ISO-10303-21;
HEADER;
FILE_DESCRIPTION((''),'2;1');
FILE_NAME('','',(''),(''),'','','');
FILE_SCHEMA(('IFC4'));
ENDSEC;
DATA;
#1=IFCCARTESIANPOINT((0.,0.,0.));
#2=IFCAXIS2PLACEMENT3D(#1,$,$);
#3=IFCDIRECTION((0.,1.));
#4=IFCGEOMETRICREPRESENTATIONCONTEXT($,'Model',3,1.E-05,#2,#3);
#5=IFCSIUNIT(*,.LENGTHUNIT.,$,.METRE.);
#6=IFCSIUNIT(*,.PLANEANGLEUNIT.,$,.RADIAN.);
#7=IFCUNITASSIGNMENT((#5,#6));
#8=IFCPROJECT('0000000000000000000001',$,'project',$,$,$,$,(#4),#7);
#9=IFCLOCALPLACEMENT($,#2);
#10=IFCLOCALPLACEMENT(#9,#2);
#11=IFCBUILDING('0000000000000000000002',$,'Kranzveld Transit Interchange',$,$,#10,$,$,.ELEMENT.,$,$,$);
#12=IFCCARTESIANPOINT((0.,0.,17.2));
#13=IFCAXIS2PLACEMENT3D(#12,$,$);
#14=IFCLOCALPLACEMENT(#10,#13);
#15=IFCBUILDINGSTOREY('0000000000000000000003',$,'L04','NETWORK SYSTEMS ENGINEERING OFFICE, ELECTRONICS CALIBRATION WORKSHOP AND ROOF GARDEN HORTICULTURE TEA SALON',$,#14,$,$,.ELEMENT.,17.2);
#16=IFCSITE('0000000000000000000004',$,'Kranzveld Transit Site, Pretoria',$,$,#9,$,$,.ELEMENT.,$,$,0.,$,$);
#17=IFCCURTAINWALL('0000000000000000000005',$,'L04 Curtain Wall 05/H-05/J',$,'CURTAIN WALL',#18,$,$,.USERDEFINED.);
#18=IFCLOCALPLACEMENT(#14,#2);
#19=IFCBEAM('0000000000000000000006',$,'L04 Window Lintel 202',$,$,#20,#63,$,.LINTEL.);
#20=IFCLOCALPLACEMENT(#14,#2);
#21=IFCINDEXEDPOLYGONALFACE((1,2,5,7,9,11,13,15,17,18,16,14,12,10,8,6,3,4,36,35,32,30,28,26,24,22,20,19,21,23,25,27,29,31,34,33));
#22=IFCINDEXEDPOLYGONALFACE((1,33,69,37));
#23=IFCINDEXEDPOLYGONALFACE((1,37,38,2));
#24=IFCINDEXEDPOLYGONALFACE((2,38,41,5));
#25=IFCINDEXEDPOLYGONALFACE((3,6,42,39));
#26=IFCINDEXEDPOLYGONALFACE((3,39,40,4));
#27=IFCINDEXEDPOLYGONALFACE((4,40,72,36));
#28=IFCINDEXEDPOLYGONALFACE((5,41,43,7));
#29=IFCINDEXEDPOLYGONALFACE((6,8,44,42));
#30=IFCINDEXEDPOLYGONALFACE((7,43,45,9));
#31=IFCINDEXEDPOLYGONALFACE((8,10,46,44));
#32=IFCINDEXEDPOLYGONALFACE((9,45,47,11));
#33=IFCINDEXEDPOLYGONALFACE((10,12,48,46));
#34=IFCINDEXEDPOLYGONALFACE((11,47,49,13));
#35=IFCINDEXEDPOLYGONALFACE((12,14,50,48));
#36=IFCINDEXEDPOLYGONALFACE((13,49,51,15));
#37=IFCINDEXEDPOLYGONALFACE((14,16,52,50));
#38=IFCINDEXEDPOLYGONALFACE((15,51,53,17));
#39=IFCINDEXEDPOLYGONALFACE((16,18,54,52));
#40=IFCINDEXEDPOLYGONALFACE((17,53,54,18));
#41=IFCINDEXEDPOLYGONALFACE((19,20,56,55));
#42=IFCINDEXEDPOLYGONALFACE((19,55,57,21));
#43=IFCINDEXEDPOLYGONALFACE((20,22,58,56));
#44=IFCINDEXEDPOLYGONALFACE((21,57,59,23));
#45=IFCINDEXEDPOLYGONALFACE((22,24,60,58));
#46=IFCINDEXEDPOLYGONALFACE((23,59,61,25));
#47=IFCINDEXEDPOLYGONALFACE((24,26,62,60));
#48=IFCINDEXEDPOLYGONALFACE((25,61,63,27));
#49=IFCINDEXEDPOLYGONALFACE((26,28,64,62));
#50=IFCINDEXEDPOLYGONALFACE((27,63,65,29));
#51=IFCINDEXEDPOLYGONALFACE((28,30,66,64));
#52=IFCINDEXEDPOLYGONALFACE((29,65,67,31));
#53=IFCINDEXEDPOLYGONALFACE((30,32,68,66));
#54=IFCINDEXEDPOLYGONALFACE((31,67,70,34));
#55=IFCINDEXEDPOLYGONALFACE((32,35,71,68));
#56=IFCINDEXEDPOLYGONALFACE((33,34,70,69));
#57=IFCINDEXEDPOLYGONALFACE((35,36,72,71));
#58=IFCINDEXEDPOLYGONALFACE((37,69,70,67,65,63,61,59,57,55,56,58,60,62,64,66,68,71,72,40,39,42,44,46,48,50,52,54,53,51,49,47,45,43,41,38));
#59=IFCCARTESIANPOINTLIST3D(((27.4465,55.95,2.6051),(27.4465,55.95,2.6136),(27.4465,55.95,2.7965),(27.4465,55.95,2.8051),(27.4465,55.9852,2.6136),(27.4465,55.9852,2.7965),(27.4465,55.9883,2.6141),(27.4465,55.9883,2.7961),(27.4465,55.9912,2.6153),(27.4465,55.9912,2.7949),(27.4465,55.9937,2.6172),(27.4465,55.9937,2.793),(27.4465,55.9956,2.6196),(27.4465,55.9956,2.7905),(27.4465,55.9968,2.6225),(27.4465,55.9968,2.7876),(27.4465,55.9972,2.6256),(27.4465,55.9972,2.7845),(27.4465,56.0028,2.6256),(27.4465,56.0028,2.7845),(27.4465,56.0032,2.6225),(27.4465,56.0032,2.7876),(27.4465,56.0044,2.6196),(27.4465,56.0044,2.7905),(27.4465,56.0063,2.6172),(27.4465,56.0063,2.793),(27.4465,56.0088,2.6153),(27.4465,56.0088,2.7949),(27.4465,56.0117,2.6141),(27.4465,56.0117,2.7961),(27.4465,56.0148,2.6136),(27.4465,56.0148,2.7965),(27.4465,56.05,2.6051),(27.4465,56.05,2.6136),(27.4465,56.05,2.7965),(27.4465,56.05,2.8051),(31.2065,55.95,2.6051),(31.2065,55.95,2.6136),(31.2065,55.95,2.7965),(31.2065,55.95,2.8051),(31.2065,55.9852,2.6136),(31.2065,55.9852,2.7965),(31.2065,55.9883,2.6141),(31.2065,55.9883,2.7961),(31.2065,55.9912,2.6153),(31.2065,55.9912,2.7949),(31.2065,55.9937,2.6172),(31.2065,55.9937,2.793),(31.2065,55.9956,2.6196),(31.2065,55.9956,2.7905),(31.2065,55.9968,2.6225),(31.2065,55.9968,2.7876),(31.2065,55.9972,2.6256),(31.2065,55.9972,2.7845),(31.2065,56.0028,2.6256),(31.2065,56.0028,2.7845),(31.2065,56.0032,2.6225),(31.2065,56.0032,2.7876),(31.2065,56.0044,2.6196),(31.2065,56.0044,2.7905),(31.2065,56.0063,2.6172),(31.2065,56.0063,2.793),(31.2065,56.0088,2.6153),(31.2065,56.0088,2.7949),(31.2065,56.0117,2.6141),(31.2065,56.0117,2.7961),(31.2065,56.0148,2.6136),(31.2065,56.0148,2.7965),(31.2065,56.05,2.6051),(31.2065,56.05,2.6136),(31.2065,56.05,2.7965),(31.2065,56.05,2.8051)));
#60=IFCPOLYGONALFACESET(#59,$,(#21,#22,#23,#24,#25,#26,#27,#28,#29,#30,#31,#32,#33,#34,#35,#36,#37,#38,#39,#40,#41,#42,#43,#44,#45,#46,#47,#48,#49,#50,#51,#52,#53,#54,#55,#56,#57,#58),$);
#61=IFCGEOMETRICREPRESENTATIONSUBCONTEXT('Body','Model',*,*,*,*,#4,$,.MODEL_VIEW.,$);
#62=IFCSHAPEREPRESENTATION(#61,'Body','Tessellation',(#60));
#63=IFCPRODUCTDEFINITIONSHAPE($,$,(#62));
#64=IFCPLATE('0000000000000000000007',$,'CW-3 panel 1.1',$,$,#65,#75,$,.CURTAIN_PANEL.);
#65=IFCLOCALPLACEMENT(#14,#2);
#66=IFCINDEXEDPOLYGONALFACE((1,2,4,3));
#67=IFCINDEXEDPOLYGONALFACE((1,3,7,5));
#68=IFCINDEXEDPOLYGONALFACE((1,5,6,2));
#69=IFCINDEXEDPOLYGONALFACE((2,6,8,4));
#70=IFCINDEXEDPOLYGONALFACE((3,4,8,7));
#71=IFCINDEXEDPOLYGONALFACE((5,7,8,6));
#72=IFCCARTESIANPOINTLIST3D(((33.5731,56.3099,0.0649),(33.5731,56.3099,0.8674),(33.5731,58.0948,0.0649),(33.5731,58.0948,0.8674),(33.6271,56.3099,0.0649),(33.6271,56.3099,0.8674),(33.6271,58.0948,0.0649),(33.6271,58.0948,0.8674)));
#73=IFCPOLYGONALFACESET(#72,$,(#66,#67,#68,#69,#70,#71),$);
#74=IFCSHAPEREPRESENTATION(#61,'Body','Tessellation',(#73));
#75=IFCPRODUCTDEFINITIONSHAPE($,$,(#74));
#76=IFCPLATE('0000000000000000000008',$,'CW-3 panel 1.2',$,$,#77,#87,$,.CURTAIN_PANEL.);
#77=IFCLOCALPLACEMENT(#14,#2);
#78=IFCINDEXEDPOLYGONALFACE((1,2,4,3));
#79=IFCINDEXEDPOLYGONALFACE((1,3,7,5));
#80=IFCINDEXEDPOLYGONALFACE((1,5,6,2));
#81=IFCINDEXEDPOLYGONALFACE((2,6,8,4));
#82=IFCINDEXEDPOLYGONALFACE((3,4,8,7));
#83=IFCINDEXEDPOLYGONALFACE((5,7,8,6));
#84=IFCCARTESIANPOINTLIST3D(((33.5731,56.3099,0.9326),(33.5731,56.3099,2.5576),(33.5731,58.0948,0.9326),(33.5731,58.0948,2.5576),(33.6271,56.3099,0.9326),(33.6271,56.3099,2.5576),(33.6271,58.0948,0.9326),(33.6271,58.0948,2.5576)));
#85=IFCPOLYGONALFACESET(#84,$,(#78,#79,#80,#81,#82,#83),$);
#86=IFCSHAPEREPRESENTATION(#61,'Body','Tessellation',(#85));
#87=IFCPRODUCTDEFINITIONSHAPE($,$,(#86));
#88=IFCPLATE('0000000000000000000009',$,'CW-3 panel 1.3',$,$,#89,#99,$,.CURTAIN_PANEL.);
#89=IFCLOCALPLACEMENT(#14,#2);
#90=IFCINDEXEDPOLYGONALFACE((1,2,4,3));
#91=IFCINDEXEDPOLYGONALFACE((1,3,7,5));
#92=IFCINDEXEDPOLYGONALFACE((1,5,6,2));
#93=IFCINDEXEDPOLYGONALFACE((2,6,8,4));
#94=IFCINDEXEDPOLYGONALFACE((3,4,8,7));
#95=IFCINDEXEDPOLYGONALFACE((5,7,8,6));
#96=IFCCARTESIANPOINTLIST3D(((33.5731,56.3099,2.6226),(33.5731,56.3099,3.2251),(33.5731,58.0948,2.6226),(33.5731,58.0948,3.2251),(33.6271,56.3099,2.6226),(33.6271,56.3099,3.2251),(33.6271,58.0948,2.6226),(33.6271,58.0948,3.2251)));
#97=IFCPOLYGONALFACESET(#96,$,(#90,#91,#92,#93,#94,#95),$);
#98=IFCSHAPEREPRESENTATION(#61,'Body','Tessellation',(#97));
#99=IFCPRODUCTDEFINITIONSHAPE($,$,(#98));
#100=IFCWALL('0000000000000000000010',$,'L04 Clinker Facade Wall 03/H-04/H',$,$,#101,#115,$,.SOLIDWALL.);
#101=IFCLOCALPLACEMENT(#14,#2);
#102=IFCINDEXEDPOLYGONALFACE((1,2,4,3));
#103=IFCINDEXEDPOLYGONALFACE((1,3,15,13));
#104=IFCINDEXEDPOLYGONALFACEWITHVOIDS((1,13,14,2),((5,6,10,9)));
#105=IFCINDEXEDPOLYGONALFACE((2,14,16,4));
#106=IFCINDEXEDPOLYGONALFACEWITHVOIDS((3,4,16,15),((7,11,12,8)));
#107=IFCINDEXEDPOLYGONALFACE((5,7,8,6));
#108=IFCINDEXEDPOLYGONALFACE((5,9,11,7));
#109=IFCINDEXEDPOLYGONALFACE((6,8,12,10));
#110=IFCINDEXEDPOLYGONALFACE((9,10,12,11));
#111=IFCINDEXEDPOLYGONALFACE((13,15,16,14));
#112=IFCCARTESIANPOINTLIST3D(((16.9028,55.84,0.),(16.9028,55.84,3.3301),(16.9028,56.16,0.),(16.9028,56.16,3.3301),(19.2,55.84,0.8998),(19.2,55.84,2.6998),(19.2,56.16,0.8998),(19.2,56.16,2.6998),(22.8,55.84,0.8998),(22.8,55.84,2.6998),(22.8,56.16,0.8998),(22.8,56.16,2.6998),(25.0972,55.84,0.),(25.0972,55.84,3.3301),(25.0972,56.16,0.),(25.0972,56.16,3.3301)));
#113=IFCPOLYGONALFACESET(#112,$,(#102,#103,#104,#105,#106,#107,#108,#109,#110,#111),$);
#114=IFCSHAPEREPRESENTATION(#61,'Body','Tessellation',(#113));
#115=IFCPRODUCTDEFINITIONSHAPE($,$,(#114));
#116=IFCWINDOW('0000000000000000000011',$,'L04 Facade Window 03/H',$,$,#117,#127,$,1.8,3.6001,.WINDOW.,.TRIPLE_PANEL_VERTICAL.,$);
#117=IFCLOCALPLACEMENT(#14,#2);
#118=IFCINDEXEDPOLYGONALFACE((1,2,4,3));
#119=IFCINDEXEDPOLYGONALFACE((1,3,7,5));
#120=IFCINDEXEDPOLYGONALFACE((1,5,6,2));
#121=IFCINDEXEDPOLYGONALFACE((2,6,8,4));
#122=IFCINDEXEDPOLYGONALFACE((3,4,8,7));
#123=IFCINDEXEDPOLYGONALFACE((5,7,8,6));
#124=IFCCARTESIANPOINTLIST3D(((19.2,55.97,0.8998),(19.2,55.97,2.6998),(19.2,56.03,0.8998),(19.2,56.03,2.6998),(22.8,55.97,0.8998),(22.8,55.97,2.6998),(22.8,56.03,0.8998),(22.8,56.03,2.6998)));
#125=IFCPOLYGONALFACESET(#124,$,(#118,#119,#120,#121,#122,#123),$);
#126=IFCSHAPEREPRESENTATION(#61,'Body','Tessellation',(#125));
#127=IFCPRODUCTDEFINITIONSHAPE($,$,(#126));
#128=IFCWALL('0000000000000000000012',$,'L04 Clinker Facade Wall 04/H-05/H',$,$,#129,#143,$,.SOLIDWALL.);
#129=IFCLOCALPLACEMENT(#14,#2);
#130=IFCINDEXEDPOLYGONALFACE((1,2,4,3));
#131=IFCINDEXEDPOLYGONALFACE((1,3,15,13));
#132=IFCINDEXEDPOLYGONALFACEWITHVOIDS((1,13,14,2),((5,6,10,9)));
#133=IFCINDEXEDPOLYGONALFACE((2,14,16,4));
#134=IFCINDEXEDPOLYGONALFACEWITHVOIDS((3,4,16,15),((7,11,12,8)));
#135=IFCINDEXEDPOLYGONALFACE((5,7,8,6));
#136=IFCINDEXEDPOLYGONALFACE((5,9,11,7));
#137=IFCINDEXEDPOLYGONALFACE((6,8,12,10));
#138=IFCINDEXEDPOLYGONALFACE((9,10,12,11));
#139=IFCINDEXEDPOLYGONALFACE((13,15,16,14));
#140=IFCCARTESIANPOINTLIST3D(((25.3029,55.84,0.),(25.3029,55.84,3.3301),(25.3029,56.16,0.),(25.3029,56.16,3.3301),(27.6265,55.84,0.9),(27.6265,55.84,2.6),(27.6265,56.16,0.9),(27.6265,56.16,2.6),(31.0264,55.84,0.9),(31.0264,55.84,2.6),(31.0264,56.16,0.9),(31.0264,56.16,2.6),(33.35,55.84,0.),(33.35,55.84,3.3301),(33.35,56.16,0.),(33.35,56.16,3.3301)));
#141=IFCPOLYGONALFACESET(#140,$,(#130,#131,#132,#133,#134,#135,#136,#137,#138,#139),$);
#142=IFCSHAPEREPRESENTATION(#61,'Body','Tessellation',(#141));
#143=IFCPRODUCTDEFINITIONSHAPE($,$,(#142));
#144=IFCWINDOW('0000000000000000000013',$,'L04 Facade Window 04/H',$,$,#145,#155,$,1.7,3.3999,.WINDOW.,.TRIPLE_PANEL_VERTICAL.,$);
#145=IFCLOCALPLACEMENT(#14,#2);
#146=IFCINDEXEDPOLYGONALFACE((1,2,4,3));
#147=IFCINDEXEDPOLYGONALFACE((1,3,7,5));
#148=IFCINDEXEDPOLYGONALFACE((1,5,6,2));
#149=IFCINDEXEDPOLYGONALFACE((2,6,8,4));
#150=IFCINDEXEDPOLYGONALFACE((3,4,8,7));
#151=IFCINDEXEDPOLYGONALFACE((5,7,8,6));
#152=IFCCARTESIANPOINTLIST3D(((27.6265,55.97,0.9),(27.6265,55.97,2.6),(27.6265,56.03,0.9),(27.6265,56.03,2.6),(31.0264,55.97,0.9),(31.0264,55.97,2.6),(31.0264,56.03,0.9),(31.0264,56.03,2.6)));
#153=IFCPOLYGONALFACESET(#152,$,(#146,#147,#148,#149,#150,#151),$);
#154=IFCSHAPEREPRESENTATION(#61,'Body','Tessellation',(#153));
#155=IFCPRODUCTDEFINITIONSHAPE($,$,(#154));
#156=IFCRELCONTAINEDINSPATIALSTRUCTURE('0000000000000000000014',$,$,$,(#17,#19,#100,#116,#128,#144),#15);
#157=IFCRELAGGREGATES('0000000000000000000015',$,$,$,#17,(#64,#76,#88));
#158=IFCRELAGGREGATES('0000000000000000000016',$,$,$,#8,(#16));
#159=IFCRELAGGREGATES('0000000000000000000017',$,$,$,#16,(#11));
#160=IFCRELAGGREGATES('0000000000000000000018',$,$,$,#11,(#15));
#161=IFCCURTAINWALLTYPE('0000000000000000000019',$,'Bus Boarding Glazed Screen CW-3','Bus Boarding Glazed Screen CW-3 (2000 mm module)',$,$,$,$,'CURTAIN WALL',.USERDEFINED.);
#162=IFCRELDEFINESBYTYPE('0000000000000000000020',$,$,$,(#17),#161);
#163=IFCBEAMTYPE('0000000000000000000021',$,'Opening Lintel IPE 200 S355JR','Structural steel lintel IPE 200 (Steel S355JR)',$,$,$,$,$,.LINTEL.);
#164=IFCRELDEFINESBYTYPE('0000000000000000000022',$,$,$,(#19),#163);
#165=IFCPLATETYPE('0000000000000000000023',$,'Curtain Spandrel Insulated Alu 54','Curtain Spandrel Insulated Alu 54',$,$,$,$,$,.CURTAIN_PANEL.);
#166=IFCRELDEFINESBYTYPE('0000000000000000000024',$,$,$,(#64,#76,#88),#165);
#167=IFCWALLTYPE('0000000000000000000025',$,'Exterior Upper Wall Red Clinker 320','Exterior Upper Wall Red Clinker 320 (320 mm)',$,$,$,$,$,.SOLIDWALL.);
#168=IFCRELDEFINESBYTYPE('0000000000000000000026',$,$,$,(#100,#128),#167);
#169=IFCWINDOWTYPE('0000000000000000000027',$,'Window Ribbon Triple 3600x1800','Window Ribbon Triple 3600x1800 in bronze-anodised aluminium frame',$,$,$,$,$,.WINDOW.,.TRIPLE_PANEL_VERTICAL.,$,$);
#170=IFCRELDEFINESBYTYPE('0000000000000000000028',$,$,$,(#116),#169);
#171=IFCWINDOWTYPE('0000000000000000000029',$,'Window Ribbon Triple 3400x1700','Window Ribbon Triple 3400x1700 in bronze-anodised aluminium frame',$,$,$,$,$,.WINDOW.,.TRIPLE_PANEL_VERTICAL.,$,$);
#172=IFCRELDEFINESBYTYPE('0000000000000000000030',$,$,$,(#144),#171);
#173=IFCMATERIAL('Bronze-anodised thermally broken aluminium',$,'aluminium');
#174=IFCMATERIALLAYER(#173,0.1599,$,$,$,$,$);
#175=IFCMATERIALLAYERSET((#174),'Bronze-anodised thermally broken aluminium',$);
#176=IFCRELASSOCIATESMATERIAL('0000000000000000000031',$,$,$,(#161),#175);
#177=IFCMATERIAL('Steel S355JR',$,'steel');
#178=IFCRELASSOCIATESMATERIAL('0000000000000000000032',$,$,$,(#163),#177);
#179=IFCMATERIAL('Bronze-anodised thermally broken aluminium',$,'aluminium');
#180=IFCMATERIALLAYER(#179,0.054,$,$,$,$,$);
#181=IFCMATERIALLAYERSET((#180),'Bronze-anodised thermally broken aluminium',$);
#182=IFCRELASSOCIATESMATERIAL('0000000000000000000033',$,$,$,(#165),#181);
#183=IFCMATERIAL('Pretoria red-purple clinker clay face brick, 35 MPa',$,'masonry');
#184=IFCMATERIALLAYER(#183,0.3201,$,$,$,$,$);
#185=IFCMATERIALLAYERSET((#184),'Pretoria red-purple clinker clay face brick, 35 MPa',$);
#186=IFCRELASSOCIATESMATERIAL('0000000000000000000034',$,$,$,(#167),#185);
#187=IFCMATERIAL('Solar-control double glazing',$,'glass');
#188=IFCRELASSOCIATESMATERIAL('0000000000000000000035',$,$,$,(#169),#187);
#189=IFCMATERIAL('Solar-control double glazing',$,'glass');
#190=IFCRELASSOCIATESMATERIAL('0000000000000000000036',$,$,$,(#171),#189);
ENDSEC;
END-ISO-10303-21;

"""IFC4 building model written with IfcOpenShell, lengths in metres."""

from ifc_helpers import new_model, si_unit, direction, frame, frame_2d, origin, origin_2d, place, context, subcontext, project, spatial, rectangle, i_section, extrude, material, layer, layer_set, material_profile, profile_set, type_object, element, fill, aggregate, save


model = new_model("IFC4")

# Units and contexts
model_context = context("Model", 3, precision=1e-05, world=origin(), true_north=direction((0.0, 1.0)))
body_context = subcontext(model_context, "Body", "Model", "MODEL_VIEW")
ifc_project = project(units=[si_unit("LENGTHUNIT", "METRE"), si_unit("PLANEANGLEUNIT", "RADIAN")], contexts=[model_context])

# Site, building, storey
site_placement = place(None, origin())
site = spatial("IfcSite", under=ifc_project, at=site_placement, Name="Kranzveld Transit Site, Pretoria", CompositionType="ELEMENT", RefElevation=0.0)
building_placement = place(site_placement, origin())
building = spatial("IfcBuilding", under=site, at=building_placement, Name="Kranzveld Transit Interchange", CompositionType="ELEMENT")
storey_placement = place(building_placement, frame((0.0, 0.0, 17.2)))
storey = spatial("IfcBuildingStorey", under=building, at=storey_placement, Name="L04", Description="NETWORK SYSTEMS ENGINEERING OFFICE, ELECTRONICS CALIBRATION WORKSHOP AND ROOF GARDEN HORTICULTURE TEA SALON", CompositionType="ELEMENT", Elevation=17.2)

# Curtain wall
ifc_material_1 = material(Name="Bronze-anodised thermally broken aluminium", Category="aluminium")
ifc_layer_1 = layer(ifc_material_1, 0.1599)
ifc_layer_set_1 = layer_set([ifc_layer_1], Name="Bronze-anodised thermally broken aluminium")
curtain_wall_type = type_object("IfcCurtainWallType", Name="Bus Boarding Glazed Screen CW-3", Description="Bus Boarding Glazed Screen CW-3 (2000 mm module)", ElementType="CURTAIN WALL", PredefinedType="USERDEFINED", material=ifc_layer_set_1)
curtain_wall_placement = place(storey_placement, origin())
curtain_wall = element("IfcCurtainWall", 1, at=curtain_wall_placement, inside=storey, type_object=curtain_wall_type, Name="L04 Curtain Wall 05/H-05/J", ObjectType="CURTAIN WALL", PredefinedType="USERDEFINED")

# Beam
ifc_material_2 = material(Name="Steel S355JR", Category="steel")
ifc_material_profile_1 = material_profile(ifc_material_2, i_section(OverallWidth=0.1001, OverallDepth=0.2, WebThickness=0.0056, FlangeThickness=0.0085, FilletRadius=0.012, at=origin_2d()), Name="IPE 200")
ifc_profile_set_1 = profile_set([ifc_material_profile_1], Name="Steel S355JR")
beam_type_1 = type_object("IfcBeamType", Name="Opening Lintel IPE 200 S355JR", Description="Structural steel lintel IPE 200 (Steel S355JR)", PredefinedType="LINTEL", material=ifc_profile_set_1)
beam_1_placement = place(storey_placement, frame((27.4465, 56.0, 2.7051), z_axis=(1.0, 0.0, 0.0), x_axis=(0.0, 1.0, 0.0)))
element("IfcBeam", 2, at=beam_1_placement, inside=storey, type_object=beam_type_1, Name="L04 Window Lintel 202", PredefinedType="LINTEL", context=body_context, shape_type="SweptSolid", body=[
    extrude(i_section(OverallWidth=0.1001, OverallDepth=0.2, WebThickness=0.0056, FlangeThickness=0.0085, FilletRadius=0.012, at=origin_2d()), origin(), (0.0, 0.0, 1.0), 3.76),
])

# Plates
ifc_material_3 = material(Name="Bronze-anodised thermally broken aluminium", Category="aluminium")
ifc_layer_2 = layer(ifc_material_3, 0.054)
ifc_layer_set_2 = layer_set([ifc_layer_2], Name="Bronze-anodised thermally broken aluminium")
plate_type = type_object("IfcPlateType", Name="Curtain Spandrel Insulated Alu 54", Description="Curtain Spandrel Insulated Alu 54", PredefinedType="CURTAIN_PANEL", material=ifc_layer_set_2)
plate_1_placement = place(storey_placement, frame((33.6001, 57.2024, 0.0649), z_axis=(0.0, 0.0, 1.0), x_axis=(0.0, 1.0, 0.0)))
plate_1 = element("IfcPlate", 3, at=plate_1_placement, type_object=plate_type, Name="CW-3 panel 1.1", PredefinedType="CURTAIN_PANEL", context=body_context, shape_type="SweptSolid", body=[
    extrude(rectangle(XDim=1.7849, YDim=0.054, at=origin_2d()), origin(), (0.0, 0.0, 1.0), 0.8025),
])
plate_2_placement = place(storey_placement, frame((33.6001, 57.2024, 0.9326), z_axis=(0.0, 0.0, 1.0), x_axis=(0.0, 1.0, 0.0)))
plate_2 = element("IfcPlate", 4, at=plate_2_placement, type_object=plate_type, Name="CW-3 panel 1.2", PredefinedType="CURTAIN_PANEL", context=body_context, shape_type="SweptSolid", body=[
    extrude(rectangle(XDim=1.7849, YDim=0.054, at=origin_2d()), origin(), (0.0, 0.0, 1.0), 1.625),
])
plate_3_placement = place(storey_placement, frame((33.6001, 57.2024, 2.6226), z_axis=(0.0, 0.0, 1.0), x_axis=(0.0, 1.0, 0.0)))
plate_3 = element("IfcPlate", 5, at=plate_3_placement, type_object=plate_type, Name="CW-3 panel 1.3", PredefinedType="CURTAIN_PANEL", context=body_context, shape_type="SweptSolid", body=[
    extrude(rectangle(XDim=1.7849, YDim=0.054, at=origin_2d()), origin(), (0.0, 0.0, 1.0), 0.6025),
])
aggregate(curtain_wall, [plate_1, plate_2, plate_3])

# Walls, openings, windows
ifc_material_4 = material(Name="Pretoria red-purple clinker clay face brick, 35 MPa", Category="masonry")
ifc_layer_3 = layer(ifc_material_4, 0.3201)
ifc_layer_set_3 = layer_set([ifc_layer_3], Name="Pretoria red-purple clinker clay face brick, 35 MPa")
wall_type_1 = type_object("IfcWallType", Name="Exterior Upper Wall Red Clinker 320", Description="Exterior Upper Wall Red Clinker 320 (320 mm)", PredefinedType="SOLIDWALL", material=ifc_layer_set_3)
wall_1_placement = place(storey_placement, frame((16.9028, 56.0, 0.0), z_axis=(0.0, 0.0, 1.0), x_axis=(1.0, 0.0, 0.0)))
wall_1 = element("IfcWall", 6, at=wall_1_placement, inside=storey, type_object=wall_type_1, Name="L04 Clinker Facade Wall 03/H-04/H", PredefinedType="SOLIDWALL", context=body_context, shape_type="SweptSolid", body=[
    extrude(rectangle(XDim=8.1943, YDim=0.3201, at=frame_2d((4.0972, 0.0))), origin(), (0.0, 0.0, 1.0), 3.3301),
])
opening_1_placement = place(wall_1_placement, frame((2.2971, 0.0, 0.8999), z_axis=(0.0, 0.0, 1.0), x_axis=(1.0, 0.0, 0.0)))
opening_1 = element("IfcOpeningElement", 7, at=opening_1_placement, cuts=wall_1, PredefinedType="OPENING", context=body_context, shape_type="SweptSolid", body=[
    extrude(rectangle(XDim=3.6001, YDim=1.8, at=frame_2d((1.8, 0.8999))), frame((0.0, 0.1699, 0.0), z_axis=(0.0, -1.0, 0.0), x_axis=(1.0, 0.0, 0.0)), (0.0, 0.0, 1.0), 0.3401),
])
ifc_material_5 = material(Name="Solar-control double glazing", Category="glass")
window_type_1 = type_object("IfcWindowType", Name="Window Ribbon Triple 3600x1800", Description="Window Ribbon Triple 3600x1800 in bronze-anodised aluminium frame", PartitioningType="TRIPLE_PANEL_VERTICAL", PredefinedType="WINDOW", material=ifc_material_5)
window_1_placement = place(opening_1_placement, origin())
window_1 = element("IfcWindow", 8, at=window_1_placement, inside=storey, type_object=window_type_1, Name="L04 Facade Window 03/H", OverallHeight=1.8, OverallWidth=3.6001, PartitioningType="TRIPLE_PANEL_VERTICAL", PredefinedType="WINDOW", context=body_context, shape_type="SweptSolid", body=[
    extrude(rectangle(XDim=3.6001, YDim=1.8, at=frame_2d((1.8, 0.8999))), frame((0.0, 0.03, 0.0), z_axis=(0.0, -1.0, 0.0), x_axis=(1.0, 0.0, 0.0)), (0.0, 0.0, 1.0), 0.0601),
])
fill(opening_1, window_1)
wall_2_placement = place(storey_placement, frame((25.303, 56.0, 0.0), z_axis=(0.0, 0.0, 1.0), x_axis=(1.0, 0.0, 0.0)))
wall_2 = element("IfcWall", 9, at=wall_2_placement, inside=storey, type_object=wall_type_1, Name="L04 Clinker Facade Wall 04/H-05/H", PredefinedType="SOLIDWALL", context=body_context, shape_type="SweptSolid", body=[
    extrude(rectangle(XDim=8.0471, YDim=0.3201, at=frame_2d((4.0234, 0.0))), origin(), (0.0, 0.0, 1.0), 3.3301),
])
opening_2_placement = place(wall_2_placement, frame((2.3235, 0.0, 0.8999), z_axis=(0.0, 0.0, 1.0), x_axis=(1.0, 0.0, 0.0)))
opening_2 = element("IfcOpeningElement", 10, at=opening_2_placement, cuts=wall_2, PredefinedType="OPENING", context=body_context, shape_type="SweptSolid", body=[
    extrude(rectangle(XDim=3.3999, YDim=1.7, at=frame_2d((1.7, 0.8501))), frame((0.0, 0.1699, 0.0), z_axis=(0.0, -1.0, 0.0), x_axis=(1.0, 0.0, 0.0)), (0.0, 0.0, 1.0), 0.3401),
])
ifc_material_6 = material(Name="Solar-control double glazing", Category="glass")
window_type_2 = type_object("IfcWindowType", Name="Window Ribbon Triple 3400x1700", Description="Window Ribbon Triple 3400x1700 in bronze-anodised aluminium frame", PartitioningType="TRIPLE_PANEL_VERTICAL", PredefinedType="WINDOW", material=ifc_material_6)
window_2_placement = place(opening_2_placement, origin())
window_2 = element("IfcWindow", 11, at=window_2_placement, inside=storey, type_object=window_type_2, Name="L04 Facade Window 04/H", OverallHeight=1.7, OverallWidth=3.3999, PartitioningType="TRIPLE_PANEL_VERTICAL", PredefinedType="WINDOW", context=body_context, shape_type="SweptSolid", body=[
    extrude(rectangle(XDim=3.3999, YDim=1.7, at=frame_2d((1.7, 0.8501))), frame((0.0, 0.03, 0.0), z_axis=(0.0, -1.0, 0.0), x_axis=(1.0, 0.0, 0.0)), (0.0, 0.0, 1.0), 0.0601),
])
fill(opening_2, window_2)

save(model, "model.ifc")
